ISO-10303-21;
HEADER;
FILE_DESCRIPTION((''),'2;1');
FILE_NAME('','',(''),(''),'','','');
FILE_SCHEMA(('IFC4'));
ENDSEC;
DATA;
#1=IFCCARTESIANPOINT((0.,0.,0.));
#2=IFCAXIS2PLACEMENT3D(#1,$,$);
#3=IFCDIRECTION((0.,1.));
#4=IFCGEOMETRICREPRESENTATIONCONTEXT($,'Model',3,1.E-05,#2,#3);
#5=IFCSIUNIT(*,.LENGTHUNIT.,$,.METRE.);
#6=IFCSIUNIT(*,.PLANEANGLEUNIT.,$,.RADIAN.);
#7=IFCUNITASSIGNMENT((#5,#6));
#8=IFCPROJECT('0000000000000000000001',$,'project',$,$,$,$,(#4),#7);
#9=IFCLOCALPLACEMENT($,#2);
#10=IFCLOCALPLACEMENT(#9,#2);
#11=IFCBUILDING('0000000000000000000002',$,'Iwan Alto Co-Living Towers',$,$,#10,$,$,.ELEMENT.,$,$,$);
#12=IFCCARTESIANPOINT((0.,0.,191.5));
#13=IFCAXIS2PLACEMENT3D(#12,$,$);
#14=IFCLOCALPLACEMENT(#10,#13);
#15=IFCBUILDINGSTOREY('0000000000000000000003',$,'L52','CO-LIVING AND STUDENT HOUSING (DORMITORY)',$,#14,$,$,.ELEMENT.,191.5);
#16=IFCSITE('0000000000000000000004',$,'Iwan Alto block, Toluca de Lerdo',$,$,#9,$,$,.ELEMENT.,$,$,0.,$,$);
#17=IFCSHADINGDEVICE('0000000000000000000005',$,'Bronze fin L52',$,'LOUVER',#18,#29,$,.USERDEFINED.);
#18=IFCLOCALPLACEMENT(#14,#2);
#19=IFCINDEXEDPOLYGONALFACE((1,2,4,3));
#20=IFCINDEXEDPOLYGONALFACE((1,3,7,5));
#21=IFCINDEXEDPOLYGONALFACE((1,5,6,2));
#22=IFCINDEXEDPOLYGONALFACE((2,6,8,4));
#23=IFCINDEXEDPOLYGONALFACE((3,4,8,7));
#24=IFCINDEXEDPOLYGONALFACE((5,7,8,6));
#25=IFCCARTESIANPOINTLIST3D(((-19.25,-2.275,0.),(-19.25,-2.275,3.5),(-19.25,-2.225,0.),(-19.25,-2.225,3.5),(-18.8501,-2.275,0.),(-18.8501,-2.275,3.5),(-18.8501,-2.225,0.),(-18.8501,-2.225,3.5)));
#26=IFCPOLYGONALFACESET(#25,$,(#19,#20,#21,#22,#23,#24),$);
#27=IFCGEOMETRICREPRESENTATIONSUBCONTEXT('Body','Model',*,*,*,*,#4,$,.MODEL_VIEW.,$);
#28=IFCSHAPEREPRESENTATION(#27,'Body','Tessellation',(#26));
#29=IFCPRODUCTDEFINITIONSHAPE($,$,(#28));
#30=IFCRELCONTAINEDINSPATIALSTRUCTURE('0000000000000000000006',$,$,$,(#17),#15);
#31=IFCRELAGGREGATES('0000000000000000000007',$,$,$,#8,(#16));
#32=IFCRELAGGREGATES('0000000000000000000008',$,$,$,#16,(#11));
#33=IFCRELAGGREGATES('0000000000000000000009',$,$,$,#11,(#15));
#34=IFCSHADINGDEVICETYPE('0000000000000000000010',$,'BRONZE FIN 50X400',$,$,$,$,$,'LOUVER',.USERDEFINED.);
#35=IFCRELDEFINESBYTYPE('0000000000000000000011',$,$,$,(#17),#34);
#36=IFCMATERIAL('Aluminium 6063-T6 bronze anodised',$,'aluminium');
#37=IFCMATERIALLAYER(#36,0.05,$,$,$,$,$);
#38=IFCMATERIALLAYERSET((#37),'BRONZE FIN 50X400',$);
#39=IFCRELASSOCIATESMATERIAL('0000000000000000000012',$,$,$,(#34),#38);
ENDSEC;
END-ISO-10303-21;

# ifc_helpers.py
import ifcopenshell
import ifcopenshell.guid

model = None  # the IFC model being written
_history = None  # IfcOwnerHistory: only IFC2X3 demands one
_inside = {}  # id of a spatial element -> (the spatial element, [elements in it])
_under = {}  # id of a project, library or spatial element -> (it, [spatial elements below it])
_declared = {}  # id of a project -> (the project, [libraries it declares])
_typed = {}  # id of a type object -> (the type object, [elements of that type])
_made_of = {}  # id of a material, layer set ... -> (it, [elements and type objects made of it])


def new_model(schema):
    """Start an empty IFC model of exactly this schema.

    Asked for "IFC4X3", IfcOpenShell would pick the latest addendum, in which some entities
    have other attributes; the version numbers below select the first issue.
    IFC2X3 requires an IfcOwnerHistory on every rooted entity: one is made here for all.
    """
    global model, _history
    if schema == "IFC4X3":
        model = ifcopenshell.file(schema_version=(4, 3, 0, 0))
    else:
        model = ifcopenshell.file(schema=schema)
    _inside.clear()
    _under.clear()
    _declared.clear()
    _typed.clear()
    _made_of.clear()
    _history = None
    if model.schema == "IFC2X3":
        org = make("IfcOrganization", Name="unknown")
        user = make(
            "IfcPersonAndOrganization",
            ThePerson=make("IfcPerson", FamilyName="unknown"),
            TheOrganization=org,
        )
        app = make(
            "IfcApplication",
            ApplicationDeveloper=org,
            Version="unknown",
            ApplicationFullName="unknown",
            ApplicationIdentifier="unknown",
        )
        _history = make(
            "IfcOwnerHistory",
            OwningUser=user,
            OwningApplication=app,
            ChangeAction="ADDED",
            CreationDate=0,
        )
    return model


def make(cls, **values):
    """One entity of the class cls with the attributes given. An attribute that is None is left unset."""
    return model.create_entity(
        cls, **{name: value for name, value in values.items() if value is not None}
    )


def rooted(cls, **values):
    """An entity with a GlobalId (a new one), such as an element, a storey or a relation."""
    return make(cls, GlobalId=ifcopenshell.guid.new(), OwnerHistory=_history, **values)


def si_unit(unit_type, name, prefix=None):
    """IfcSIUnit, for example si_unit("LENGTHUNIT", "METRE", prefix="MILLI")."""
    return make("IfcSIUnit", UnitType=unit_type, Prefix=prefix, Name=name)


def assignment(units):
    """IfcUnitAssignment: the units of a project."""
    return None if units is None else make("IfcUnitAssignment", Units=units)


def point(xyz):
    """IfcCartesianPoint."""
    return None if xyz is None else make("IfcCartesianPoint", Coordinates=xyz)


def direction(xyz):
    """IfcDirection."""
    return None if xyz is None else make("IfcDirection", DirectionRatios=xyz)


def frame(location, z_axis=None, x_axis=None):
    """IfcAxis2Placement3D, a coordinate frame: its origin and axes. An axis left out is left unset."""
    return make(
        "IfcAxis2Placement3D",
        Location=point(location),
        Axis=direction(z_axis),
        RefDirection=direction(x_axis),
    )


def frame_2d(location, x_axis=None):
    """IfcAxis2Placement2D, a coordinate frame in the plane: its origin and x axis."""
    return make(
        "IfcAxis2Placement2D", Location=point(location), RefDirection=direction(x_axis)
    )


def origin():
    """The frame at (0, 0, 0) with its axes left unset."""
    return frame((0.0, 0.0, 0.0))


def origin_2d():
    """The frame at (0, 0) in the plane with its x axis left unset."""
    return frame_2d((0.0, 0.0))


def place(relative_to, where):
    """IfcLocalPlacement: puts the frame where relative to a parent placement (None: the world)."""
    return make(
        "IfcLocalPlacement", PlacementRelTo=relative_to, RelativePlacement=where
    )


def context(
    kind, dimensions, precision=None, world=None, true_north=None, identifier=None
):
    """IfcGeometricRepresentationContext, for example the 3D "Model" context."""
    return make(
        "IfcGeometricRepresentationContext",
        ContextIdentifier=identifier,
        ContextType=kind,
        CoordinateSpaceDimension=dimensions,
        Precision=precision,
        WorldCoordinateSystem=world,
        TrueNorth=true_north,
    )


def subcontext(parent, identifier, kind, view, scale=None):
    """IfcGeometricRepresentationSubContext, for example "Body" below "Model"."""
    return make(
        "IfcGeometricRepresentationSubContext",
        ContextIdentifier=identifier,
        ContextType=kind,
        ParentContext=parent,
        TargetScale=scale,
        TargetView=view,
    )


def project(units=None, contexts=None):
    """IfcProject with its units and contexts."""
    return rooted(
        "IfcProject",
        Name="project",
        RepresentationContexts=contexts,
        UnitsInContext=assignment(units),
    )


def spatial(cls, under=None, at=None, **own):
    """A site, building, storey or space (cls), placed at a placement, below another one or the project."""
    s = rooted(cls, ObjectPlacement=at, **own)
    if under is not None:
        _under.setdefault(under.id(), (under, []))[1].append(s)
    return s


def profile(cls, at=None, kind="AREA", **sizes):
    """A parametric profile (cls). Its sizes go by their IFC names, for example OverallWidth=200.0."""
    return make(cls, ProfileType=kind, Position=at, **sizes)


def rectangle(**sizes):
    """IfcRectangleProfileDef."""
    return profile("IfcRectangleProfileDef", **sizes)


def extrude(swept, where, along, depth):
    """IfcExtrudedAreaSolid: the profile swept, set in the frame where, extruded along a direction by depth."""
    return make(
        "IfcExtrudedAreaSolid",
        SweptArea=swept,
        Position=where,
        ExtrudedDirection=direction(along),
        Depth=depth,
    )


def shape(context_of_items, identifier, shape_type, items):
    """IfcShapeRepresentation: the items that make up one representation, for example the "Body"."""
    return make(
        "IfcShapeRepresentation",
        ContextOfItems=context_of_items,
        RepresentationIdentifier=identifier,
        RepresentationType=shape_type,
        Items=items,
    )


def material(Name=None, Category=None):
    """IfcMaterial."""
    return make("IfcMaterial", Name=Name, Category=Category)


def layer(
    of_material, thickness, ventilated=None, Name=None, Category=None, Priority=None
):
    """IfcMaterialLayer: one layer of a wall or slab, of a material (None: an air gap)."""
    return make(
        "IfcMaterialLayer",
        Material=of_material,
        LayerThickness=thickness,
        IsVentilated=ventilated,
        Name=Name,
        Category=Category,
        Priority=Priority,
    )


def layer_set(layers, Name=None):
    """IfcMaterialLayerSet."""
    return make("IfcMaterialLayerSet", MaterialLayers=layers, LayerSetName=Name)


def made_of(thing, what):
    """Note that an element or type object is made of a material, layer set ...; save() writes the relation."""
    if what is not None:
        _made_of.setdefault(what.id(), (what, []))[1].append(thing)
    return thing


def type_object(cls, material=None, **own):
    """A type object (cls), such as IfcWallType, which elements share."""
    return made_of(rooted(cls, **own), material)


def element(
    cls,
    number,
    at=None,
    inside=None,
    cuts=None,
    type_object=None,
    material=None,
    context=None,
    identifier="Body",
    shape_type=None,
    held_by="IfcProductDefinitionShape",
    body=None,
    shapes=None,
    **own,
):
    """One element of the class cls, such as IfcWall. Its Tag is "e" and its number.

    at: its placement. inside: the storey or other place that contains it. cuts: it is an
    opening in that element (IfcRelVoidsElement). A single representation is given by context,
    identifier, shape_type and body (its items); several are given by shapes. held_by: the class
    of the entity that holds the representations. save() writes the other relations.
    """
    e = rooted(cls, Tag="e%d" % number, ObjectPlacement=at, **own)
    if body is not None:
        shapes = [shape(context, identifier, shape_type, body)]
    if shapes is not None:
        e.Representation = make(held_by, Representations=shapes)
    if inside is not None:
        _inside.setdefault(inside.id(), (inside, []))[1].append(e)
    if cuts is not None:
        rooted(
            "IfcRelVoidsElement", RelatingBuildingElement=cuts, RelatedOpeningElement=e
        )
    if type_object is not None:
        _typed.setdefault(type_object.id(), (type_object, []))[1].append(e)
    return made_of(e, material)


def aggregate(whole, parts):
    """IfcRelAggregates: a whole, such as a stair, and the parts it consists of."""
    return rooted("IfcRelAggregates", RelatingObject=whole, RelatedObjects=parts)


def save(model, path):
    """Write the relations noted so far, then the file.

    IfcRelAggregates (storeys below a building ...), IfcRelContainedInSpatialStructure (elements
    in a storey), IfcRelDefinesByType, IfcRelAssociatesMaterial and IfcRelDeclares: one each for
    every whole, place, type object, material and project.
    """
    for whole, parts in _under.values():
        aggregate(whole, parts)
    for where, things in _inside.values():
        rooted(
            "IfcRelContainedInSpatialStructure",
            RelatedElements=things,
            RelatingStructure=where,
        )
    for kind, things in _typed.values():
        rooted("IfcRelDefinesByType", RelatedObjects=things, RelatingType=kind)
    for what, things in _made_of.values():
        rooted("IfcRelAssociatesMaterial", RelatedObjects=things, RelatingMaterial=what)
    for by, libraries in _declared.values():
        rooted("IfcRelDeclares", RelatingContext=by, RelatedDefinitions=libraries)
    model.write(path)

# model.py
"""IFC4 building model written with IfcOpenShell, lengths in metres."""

from ifc_helpers import new_model, si_unit, direction, frame, origin, origin_2d, place, context, subcontext, project, spatial, rectangle, extrude, material, layer, layer_set, type_object, element, save


model = new_model("IFC4")

# Units and contexts
model_context = context("Model", 3, precision=1e-05, world=origin(), true_north=direction((0.0, 1.0)))
body_context = subcontext(model_context, "Body", "Model", "MODEL_VIEW")
ifc_project = project(units=[si_unit("LENGTHUNIT", "METRE"), si_unit("PLANEANGLEUNIT", "RADIAN")], contexts=[model_context])

# Site, building, storey
site_placement = place(None, origin())
site = spatial("IfcSite", under=ifc_project, at=site_placement, Name="Iwan Alto block, Toluca de Lerdo", CompositionType="ELEMENT", RefElevation=0.0)
building_placement = place(site_placement, origin())
building = spatial("IfcBuilding", under=site, at=building_placement, Name="Iwan Alto Co-Living Towers", CompositionType="ELEMENT")
storey_placement = place(building_placement, frame((0.0, 0.0, 191.5)))
storey = spatial("IfcBuildingStorey", under=building, at=storey_placement, Name="L52", Description="CO-LIVING AND STUDENT HOUSING (DORMITORY)", CompositionType="ELEMENT", Elevation=191.5)

# Shading device
ifc_material_1 = material(Name="Aluminium 6063-T6 bronze anodised", Category="aluminium")
ifc_layer_1 = layer(ifc_material_1, 0.05)
ifc_layer_set_1 = layer_set([ifc_layer_1], Name="BRONZE FIN 50X400")
shading_device_type = type_object("IfcShadingDeviceType", Name="BRONZE FIN 50X400", ElementType="LOUVER", PredefinedType="USERDEFINED", material=ifc_layer_set_1)
shading_device_placement = place(storey_placement, frame((-19.05, -2.25, 0.0), z_axis=(0.0, 0.0, 1.0), x_axis=(0.0, -1.0, 0.0)))
element("IfcShadingDevice", 1, at=shading_device_placement, inside=storey, type_object=shading_device_type, Name="Bronze fin L52", ObjectType="LOUVER", PredefinedType="USERDEFINED", context=body_context, shape_type="SweptSolid", body=[
    extrude(rectangle(XDim=0.05, YDim=0.3999, at=origin_2d()), origin(), (0.0, 0.0, 1.0), 3.5),
])

save(model, "model.ifc")
